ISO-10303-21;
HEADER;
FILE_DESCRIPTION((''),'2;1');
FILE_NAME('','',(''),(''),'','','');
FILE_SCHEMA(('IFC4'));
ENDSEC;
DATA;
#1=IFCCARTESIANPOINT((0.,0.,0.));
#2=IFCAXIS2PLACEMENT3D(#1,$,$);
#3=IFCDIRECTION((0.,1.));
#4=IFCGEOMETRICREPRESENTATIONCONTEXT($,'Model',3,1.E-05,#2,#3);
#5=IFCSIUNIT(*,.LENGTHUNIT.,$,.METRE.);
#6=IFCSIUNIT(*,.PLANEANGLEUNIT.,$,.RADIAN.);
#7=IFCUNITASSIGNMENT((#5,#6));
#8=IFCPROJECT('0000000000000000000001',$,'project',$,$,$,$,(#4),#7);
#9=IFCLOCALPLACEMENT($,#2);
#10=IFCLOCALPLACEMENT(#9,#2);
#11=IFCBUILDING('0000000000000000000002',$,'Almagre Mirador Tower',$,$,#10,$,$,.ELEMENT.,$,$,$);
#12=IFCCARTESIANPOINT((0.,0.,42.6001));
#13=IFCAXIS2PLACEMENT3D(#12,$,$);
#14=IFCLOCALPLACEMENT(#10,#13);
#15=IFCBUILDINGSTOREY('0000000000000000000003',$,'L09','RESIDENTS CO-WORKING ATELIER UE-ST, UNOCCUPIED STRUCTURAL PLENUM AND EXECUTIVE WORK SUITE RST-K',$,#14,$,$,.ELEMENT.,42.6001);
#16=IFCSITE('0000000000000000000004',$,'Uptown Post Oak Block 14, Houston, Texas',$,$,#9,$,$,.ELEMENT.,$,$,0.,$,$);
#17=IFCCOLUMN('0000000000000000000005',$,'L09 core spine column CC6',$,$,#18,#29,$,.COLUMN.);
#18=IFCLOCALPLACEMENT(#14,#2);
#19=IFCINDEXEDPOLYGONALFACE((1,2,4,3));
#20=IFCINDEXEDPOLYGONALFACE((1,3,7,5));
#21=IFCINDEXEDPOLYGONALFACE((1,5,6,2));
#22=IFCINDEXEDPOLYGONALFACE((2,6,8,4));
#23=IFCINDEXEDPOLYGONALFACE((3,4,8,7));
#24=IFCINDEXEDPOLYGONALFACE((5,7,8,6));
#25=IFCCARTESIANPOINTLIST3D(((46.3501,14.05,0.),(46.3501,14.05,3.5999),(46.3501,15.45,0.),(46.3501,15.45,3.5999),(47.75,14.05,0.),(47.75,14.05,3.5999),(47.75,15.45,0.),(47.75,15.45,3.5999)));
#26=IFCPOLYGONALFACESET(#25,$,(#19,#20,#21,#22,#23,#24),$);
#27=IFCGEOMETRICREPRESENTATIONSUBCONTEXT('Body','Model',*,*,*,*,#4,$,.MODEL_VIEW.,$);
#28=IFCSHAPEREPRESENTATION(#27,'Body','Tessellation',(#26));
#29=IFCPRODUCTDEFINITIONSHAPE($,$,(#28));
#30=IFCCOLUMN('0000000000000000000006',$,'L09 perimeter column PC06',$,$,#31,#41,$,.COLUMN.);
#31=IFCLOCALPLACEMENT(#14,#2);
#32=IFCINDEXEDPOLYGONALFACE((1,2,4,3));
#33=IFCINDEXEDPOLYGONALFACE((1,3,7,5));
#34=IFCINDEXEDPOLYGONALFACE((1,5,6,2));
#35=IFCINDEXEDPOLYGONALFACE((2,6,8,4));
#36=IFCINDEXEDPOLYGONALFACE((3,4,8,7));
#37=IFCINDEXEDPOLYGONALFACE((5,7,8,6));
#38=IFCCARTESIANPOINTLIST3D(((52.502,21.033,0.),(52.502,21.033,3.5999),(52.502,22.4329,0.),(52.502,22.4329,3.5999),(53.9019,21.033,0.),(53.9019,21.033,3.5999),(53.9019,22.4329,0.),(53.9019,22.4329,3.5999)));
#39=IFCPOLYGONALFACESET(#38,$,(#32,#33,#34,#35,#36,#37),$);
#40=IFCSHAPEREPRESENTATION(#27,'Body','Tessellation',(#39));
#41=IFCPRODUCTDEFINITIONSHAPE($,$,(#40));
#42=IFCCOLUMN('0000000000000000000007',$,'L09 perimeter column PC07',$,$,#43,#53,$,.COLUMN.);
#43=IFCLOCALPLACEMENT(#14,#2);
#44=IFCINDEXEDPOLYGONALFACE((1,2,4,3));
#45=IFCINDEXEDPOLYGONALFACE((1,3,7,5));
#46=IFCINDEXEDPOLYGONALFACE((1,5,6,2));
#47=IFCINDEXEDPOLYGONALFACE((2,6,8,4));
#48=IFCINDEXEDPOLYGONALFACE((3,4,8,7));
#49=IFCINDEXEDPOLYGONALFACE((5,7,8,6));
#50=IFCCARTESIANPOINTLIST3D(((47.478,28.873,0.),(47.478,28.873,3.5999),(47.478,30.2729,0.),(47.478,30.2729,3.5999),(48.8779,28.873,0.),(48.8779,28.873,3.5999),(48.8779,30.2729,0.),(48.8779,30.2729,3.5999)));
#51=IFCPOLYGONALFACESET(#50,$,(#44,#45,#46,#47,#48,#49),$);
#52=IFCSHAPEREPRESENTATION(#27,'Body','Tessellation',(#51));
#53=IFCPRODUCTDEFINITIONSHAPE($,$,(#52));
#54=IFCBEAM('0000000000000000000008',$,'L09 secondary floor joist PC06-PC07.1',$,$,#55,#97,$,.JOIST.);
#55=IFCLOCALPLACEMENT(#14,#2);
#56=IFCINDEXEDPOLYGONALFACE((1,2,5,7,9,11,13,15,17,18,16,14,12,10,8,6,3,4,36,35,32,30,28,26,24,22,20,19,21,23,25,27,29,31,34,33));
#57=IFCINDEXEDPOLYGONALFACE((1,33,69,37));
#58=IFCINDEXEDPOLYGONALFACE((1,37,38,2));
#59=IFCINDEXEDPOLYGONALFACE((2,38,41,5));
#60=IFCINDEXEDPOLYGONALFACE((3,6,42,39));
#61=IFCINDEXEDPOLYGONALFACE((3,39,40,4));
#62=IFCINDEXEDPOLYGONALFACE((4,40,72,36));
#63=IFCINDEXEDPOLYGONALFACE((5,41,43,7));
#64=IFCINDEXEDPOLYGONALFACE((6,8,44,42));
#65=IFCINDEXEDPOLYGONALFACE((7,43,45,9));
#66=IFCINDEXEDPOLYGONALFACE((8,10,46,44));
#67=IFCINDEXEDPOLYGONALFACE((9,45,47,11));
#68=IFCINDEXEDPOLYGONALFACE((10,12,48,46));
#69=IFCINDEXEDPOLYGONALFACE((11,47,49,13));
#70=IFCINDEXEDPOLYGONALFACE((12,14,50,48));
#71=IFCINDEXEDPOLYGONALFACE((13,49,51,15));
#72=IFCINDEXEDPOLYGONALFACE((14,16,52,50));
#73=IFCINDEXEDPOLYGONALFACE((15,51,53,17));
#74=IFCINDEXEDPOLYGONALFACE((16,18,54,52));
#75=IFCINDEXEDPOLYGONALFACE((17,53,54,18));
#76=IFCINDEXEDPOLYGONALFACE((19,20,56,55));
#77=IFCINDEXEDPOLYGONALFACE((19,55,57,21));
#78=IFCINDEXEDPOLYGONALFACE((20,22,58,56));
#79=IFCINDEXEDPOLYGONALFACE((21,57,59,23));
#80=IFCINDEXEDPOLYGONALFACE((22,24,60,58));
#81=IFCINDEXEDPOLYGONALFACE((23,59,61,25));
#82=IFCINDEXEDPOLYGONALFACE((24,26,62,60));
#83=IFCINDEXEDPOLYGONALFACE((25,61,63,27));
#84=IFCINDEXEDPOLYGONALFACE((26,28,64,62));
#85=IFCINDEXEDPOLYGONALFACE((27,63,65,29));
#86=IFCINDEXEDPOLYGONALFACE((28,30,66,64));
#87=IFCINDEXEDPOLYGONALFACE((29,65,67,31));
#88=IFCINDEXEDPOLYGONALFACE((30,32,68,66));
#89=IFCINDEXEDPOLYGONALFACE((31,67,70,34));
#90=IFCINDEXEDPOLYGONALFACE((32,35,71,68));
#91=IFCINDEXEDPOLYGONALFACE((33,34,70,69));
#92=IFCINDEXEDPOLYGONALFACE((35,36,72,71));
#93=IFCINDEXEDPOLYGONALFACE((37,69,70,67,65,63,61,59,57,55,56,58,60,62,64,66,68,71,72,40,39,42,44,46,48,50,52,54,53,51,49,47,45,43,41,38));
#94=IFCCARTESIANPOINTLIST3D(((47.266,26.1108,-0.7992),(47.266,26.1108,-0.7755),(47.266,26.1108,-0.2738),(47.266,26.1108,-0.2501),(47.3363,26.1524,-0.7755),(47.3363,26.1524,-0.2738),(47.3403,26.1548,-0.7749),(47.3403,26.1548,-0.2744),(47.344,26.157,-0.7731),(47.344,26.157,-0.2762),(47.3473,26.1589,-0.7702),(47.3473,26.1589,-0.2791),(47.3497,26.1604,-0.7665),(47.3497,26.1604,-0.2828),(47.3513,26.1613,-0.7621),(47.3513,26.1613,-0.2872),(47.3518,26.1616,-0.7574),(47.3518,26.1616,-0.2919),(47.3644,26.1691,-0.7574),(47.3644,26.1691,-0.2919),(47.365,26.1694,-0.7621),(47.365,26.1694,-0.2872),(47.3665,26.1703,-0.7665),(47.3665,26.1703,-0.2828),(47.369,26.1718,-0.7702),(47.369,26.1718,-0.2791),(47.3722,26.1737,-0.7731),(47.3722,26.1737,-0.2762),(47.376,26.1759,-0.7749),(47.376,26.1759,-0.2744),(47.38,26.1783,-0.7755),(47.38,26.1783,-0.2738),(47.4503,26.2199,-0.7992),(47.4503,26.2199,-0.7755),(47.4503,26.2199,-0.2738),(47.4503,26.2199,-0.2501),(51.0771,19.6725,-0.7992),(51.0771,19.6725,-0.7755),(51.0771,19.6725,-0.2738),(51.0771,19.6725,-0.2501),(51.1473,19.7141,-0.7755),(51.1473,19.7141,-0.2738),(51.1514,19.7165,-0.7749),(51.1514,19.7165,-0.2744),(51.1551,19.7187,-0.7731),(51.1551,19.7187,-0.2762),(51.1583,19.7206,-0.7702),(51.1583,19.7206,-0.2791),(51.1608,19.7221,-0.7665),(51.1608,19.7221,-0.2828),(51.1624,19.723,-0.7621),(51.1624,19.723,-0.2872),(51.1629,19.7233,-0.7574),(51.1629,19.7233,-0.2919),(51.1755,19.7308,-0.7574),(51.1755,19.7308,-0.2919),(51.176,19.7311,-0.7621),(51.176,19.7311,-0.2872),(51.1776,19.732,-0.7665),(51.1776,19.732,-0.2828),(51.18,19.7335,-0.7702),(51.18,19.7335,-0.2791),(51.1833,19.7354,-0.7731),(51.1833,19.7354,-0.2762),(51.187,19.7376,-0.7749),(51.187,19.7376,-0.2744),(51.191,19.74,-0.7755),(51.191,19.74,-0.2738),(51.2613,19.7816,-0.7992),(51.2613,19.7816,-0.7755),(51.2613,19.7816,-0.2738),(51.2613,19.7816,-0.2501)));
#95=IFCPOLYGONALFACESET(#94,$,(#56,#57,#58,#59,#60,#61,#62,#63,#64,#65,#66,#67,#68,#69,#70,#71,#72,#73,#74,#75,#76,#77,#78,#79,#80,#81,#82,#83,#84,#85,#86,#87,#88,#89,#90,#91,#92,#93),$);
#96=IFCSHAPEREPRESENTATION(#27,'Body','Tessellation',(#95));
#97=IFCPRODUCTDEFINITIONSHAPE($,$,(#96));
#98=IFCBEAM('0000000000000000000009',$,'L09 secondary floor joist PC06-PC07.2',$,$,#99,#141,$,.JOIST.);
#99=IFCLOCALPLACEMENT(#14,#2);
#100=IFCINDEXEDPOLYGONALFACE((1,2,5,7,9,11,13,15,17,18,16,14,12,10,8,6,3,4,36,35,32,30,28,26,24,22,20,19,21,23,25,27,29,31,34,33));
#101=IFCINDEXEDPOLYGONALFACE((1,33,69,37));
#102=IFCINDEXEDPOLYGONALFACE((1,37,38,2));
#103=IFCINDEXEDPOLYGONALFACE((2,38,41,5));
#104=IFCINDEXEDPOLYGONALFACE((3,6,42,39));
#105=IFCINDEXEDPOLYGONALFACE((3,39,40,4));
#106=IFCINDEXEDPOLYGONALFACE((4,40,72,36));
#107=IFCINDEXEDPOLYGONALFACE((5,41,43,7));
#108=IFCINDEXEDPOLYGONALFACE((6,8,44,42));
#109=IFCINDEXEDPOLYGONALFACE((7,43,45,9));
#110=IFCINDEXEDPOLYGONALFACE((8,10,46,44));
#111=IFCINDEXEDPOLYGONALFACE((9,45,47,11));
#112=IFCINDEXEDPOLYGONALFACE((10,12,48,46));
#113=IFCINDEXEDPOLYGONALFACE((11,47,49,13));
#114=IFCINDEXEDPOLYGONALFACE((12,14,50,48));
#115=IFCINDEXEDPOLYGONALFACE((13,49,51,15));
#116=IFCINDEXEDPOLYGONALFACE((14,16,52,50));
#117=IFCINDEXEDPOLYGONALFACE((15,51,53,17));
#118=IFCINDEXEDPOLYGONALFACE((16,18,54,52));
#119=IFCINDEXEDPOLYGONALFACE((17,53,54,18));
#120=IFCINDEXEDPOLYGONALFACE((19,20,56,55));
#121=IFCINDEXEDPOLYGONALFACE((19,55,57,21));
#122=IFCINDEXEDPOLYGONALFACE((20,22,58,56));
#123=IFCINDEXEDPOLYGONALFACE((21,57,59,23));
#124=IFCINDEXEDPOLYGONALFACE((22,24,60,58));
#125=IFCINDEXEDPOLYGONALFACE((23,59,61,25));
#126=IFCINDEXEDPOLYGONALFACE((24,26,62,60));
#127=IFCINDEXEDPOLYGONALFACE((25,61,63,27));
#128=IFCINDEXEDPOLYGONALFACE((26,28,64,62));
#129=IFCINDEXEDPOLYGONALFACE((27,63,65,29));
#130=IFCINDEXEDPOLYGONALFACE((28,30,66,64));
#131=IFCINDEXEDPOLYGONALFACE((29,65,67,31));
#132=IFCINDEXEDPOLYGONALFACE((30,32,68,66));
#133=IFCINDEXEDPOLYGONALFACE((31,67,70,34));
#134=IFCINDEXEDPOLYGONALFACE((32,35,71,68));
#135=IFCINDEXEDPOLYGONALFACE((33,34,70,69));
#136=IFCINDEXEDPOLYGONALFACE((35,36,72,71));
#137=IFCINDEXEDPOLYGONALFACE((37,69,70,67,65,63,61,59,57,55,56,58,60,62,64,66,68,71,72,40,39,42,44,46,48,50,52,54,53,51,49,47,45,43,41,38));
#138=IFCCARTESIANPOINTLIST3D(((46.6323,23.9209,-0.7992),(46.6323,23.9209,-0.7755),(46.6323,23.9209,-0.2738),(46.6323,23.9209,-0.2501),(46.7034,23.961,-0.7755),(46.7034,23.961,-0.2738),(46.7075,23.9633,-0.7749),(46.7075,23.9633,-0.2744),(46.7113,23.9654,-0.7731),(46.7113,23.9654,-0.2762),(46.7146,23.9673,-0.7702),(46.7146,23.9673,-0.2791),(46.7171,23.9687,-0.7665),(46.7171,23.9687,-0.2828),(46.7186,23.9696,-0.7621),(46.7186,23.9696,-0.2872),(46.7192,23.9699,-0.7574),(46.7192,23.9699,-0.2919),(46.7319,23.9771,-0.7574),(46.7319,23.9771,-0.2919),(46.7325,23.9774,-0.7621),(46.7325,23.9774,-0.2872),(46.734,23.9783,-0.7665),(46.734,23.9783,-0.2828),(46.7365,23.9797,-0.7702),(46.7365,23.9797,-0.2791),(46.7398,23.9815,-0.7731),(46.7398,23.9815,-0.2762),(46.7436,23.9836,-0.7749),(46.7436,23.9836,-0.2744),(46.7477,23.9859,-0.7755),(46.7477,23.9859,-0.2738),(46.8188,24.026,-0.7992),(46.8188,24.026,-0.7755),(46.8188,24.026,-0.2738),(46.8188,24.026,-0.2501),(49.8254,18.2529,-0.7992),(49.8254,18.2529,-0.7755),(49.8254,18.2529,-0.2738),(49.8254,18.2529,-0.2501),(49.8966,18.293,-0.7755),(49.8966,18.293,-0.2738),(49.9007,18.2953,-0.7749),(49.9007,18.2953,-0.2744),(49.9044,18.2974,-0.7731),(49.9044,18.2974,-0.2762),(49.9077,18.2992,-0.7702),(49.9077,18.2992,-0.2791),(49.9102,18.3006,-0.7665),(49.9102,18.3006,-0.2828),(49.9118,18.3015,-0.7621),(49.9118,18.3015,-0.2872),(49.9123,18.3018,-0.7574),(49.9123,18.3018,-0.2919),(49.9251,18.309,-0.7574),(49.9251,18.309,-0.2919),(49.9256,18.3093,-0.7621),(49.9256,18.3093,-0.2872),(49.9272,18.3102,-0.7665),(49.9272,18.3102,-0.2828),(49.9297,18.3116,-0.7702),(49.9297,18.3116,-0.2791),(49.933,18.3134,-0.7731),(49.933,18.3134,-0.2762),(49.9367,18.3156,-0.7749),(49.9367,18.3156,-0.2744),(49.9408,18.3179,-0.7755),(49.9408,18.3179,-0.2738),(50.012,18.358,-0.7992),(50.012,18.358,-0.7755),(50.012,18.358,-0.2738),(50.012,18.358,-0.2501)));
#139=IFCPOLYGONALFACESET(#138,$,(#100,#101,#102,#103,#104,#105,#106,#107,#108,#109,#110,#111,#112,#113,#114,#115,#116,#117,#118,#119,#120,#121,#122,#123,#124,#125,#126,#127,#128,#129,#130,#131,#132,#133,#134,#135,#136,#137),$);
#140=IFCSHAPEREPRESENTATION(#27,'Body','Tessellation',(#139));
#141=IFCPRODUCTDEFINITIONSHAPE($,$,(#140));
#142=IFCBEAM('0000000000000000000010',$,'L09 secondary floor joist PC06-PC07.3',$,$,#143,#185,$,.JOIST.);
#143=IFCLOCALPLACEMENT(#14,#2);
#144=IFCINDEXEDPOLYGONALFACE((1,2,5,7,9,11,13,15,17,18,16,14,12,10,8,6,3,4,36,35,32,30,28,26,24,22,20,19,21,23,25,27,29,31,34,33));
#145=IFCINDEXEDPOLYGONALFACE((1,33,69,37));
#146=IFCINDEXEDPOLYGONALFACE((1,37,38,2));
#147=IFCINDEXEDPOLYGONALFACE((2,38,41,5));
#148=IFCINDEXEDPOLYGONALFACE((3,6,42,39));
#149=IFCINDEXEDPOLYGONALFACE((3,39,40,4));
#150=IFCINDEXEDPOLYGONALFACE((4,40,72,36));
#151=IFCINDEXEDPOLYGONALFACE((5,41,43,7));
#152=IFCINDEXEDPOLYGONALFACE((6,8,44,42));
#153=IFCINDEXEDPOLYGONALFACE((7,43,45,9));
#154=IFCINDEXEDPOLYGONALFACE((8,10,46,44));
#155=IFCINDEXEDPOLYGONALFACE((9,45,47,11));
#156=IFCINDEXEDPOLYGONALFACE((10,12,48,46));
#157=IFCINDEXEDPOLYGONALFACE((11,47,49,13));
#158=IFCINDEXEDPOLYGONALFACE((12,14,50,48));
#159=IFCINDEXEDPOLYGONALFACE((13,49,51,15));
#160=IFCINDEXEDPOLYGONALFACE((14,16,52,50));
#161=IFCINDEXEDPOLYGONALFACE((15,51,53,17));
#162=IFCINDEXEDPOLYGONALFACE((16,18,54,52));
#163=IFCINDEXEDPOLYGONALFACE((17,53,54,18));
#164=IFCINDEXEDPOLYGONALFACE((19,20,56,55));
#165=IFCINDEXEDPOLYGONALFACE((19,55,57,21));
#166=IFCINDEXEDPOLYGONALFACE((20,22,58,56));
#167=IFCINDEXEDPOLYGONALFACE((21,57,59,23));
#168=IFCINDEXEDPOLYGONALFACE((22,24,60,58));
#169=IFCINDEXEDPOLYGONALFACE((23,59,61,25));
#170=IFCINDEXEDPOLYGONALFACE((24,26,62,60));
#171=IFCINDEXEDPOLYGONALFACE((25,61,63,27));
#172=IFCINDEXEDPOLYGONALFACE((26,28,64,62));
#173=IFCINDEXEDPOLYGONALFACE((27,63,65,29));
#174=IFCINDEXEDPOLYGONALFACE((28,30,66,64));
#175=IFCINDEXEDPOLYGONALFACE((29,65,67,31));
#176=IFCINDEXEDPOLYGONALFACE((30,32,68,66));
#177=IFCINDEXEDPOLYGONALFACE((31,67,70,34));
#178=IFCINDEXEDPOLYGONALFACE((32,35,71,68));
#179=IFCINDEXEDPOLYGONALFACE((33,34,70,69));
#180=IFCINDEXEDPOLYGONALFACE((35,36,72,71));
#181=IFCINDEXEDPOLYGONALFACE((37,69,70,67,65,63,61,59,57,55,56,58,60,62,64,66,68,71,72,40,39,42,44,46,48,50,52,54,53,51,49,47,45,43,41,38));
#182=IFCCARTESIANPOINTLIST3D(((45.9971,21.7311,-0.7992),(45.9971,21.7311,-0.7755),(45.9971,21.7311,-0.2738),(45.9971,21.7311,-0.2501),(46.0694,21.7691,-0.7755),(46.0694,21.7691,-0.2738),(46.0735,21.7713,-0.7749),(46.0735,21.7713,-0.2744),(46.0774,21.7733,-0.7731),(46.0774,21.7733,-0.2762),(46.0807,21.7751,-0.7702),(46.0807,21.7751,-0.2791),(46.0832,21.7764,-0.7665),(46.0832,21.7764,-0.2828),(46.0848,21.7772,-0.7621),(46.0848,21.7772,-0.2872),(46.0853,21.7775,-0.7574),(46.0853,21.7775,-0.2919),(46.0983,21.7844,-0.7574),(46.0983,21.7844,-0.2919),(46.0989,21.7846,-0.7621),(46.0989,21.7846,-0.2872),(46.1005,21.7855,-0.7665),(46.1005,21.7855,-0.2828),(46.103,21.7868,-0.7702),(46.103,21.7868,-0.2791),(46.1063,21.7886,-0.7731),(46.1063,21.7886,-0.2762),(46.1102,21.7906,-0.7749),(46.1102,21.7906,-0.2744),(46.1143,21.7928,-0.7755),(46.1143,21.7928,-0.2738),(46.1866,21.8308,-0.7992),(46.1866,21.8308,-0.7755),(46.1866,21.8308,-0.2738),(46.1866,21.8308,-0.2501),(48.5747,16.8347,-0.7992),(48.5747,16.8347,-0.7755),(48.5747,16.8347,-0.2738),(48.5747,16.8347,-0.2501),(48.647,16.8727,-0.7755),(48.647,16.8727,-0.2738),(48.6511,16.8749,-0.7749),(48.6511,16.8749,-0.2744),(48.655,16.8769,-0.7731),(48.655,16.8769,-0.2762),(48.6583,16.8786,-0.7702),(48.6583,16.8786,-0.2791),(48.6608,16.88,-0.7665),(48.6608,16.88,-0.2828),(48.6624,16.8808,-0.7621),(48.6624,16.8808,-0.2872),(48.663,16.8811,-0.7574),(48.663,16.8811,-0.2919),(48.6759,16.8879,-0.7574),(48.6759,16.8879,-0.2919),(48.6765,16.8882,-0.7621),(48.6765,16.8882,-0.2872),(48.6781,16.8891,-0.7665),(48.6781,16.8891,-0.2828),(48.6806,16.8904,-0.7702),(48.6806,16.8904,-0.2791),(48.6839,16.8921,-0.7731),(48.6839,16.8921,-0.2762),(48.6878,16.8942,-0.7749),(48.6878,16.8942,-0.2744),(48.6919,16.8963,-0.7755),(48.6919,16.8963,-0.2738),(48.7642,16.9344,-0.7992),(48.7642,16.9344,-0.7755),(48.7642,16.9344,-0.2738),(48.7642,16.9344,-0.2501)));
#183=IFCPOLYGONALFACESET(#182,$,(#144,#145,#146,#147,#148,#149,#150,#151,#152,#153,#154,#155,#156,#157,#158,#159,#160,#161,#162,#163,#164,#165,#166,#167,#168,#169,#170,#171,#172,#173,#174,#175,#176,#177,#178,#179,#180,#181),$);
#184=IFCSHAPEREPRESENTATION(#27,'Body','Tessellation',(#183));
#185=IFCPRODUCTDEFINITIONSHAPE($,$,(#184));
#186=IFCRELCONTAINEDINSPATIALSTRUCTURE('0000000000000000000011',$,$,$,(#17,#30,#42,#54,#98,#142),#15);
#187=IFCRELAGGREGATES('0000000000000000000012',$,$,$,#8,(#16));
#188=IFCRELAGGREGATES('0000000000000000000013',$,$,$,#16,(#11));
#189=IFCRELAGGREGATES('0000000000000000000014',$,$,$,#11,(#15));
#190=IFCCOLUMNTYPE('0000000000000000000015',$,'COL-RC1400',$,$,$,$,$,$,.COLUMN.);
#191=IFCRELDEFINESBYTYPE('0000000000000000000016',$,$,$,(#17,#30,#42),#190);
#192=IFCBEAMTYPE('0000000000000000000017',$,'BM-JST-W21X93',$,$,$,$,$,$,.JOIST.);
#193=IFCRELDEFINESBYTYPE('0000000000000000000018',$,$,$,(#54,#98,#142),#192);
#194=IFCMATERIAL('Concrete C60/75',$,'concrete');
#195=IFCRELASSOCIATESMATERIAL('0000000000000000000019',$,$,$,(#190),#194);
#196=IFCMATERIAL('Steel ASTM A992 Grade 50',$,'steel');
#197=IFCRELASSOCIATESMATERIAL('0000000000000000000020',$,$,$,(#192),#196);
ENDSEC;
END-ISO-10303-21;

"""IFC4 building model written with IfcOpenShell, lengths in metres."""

from ifc_helpers import new_model, si_unit, direction, frame, origin, origin_2d, place, context, subcontext, project, spatial, rectangle, i_section, extrude, material, material_profile, profile_set, type_object, element, save


model = new_model("IFC4")

# Units and contexts
model_context = context("Model", 3, precision=1e-05, world=origin(), true_north=direction((0.0, 1.0)))
body_context = subcontext(model_context, "Body", "Model", "MODEL_VIEW")
ifc_project = project(units=[si_unit("LENGTHUNIT", "METRE"), si_unit("PLANEANGLEUNIT", "RADIAN")], contexts=[model_context])

# Site, building, storey
site_placement = place(None, origin())
site = spatial("IfcSite", under=ifc_project, at=site_placement, Name="Uptown Post Oak Block 14, Houston, Texas", CompositionType="ELEMENT", RefElevation=0.0)
building_placement = place(site_placement, origin())
building = spatial("IfcBuilding", under=site, at=building_placement, Name="Almagre Mirador Tower", CompositionType="ELEMENT")
storey_placement = place(building_placement, frame((0.0, 0.0, 42.6001)))
storey = spatial("IfcBuildingStorey", under=building, at=storey_placement, Name="L09", Description="RESIDENTS CO-WORKING ATELIER UE-ST, UNOCCUPIED STRUCTURAL PLENUM AND EXECUTIVE WORK SUITE RST-K", CompositionType="ELEMENT", Elevation=42.6001)

# Columns
ifc_material_1 = material(Name="Concrete C60/75", Category="concrete")
ifc_material_profile_1 = material_profile(ifc_material_1, rectangle(XDim=1.3999, YDim=1.3999, at=origin_2d()), Name="RC1400X1400")
ifc_profile_set_1 = profile_set([ifc_material_profile_1], Name="Concrete C60/75")
column_type = type_object("IfcColumnType", Name="COL-RC1400", PredefinedType="COLUMN", material=ifc_profile_set_1)
for number, where, z_axis, x_axis, name in (
    (1, (47.05, 14.75, 0.0), (0.0, 0.0, 1.0), (1.0, 0.0, 0.0), "L09 core spine column CC6"),
    (2, (53.2019, 21.7329, 0.0), (0.0, 0.0, 1.0), (1.0, 0.0, 0.0), "L09 perimeter column PC06"),
    (3, (48.178, 29.573, 0.0), (0.0, 0.0, 1.0), (1.0, 0.0, 0.0), "L09 perimeter column PC07"),
):
    element("IfcColumn", number, at=place(storey_placement, frame(where, z_axis=z_axis, x_axis=x_axis)), inside=storey, type_object=column_type, Name=name, PredefinedType="COLUMN", context=body_context, shape_type="SweptSolid", body=[
        extrude(rectangle(XDim=1.3999, YDim=1.3999, at=origin_2d()), origin(), (0.0, 0.0, 1.0), 3.5999),
    ])

# Beams
ifc_material_2 = material(Name="Steel ASTM A992 Grade 50", Category="steel")
ifc_material_profile_2 = material_profile(ifc_material_2, i_section(OverallWidth=0.2141, OverallDepth=0.5491, WebThickness=0.0146, FlangeThickness=0.0237, FilletRadius=0.0181, at=origin_2d()), Name="W21X93")
ifc_profile_set_2 = profile_set([ifc_material_profile_2], Name="Steel ASTM A992 Grade 50")
beam_type_1 = type_object("IfcBeamType", Name="BM-JST-W21X93", PredefinedType="JOIST", material=ifc_profile_set_2)
beam_1_placement = place(storey_placement, frame((51.1692, 19.7271, -0.5247), z_axis=(-0.509386, 0.860538, 0.0), x_axis=(-0.860538, -0.509386, 0.0)))
element("IfcBeam", 4, at=beam_1_placement, inside=storey, type_object=beam_type_1, Name="L09 secondary floor joist PC06-PC07.1", PredefinedType="JOIST", context=body_context, shape_type="SweptSolid", body=[
    extrude(i_section(OverallWidth=0.2141, OverallDepth=0.5491, WebThickness=0.0146, FlangeThickness=0.0237, FilletRadius=0.0181, at=origin_2d()), origin(), (0.0, 0.0, 1.0), 7.4817),
])
beam_2_placement = place(storey_placement, frame((49.9187, 18.3054, -0.5247), z_axis=(-0.490831, 0.871255, 0.0), x_axis=(-0.871255, -0.490831, 0.0)))
element("IfcBeam", 5, at=beam_2_placement, inside=storey, type_object=beam_type_1, Name="L09 secondary floor joist PC06-PC07.2", PredefinedType="JOIST", context=body_context, shape_type="SweptSolid", body=[
    extrude(i_section(OverallWidth=0.2141, OverallDepth=0.5491, WebThickness=0.0146, FlangeThickness=0.0237, FilletRadius=0.0181, at=origin_2d()), origin(), (0.0, 0.0, 1.0), 6.5056),
])
beam_3_placement = place(storey_placement, frame((48.6694, 16.8845, -0.5247), z_axis=(-0.465823, 0.884878, 0.0), x_axis=(-0.884878, -0.465823, 0.0)))
element("IfcBeam", 6, at=beam_3_placement, inside=storey, type_object=beam_type_1, Name="L09 secondary floor joist PC06-PC07.3", PredefinedType="JOIST", context=body_context, shape_type="SweptSolid", body=[
    extrude(i_section(OverallWidth=0.2141, OverallDepth=0.5491, WebThickness=0.0146, FlangeThickness=0.0237, FilletRadius=0.0181, at=origin_2d()), origin(), (0.0, 0.0, 1.0), 5.5334),
])

save(model, "model.ifc")
